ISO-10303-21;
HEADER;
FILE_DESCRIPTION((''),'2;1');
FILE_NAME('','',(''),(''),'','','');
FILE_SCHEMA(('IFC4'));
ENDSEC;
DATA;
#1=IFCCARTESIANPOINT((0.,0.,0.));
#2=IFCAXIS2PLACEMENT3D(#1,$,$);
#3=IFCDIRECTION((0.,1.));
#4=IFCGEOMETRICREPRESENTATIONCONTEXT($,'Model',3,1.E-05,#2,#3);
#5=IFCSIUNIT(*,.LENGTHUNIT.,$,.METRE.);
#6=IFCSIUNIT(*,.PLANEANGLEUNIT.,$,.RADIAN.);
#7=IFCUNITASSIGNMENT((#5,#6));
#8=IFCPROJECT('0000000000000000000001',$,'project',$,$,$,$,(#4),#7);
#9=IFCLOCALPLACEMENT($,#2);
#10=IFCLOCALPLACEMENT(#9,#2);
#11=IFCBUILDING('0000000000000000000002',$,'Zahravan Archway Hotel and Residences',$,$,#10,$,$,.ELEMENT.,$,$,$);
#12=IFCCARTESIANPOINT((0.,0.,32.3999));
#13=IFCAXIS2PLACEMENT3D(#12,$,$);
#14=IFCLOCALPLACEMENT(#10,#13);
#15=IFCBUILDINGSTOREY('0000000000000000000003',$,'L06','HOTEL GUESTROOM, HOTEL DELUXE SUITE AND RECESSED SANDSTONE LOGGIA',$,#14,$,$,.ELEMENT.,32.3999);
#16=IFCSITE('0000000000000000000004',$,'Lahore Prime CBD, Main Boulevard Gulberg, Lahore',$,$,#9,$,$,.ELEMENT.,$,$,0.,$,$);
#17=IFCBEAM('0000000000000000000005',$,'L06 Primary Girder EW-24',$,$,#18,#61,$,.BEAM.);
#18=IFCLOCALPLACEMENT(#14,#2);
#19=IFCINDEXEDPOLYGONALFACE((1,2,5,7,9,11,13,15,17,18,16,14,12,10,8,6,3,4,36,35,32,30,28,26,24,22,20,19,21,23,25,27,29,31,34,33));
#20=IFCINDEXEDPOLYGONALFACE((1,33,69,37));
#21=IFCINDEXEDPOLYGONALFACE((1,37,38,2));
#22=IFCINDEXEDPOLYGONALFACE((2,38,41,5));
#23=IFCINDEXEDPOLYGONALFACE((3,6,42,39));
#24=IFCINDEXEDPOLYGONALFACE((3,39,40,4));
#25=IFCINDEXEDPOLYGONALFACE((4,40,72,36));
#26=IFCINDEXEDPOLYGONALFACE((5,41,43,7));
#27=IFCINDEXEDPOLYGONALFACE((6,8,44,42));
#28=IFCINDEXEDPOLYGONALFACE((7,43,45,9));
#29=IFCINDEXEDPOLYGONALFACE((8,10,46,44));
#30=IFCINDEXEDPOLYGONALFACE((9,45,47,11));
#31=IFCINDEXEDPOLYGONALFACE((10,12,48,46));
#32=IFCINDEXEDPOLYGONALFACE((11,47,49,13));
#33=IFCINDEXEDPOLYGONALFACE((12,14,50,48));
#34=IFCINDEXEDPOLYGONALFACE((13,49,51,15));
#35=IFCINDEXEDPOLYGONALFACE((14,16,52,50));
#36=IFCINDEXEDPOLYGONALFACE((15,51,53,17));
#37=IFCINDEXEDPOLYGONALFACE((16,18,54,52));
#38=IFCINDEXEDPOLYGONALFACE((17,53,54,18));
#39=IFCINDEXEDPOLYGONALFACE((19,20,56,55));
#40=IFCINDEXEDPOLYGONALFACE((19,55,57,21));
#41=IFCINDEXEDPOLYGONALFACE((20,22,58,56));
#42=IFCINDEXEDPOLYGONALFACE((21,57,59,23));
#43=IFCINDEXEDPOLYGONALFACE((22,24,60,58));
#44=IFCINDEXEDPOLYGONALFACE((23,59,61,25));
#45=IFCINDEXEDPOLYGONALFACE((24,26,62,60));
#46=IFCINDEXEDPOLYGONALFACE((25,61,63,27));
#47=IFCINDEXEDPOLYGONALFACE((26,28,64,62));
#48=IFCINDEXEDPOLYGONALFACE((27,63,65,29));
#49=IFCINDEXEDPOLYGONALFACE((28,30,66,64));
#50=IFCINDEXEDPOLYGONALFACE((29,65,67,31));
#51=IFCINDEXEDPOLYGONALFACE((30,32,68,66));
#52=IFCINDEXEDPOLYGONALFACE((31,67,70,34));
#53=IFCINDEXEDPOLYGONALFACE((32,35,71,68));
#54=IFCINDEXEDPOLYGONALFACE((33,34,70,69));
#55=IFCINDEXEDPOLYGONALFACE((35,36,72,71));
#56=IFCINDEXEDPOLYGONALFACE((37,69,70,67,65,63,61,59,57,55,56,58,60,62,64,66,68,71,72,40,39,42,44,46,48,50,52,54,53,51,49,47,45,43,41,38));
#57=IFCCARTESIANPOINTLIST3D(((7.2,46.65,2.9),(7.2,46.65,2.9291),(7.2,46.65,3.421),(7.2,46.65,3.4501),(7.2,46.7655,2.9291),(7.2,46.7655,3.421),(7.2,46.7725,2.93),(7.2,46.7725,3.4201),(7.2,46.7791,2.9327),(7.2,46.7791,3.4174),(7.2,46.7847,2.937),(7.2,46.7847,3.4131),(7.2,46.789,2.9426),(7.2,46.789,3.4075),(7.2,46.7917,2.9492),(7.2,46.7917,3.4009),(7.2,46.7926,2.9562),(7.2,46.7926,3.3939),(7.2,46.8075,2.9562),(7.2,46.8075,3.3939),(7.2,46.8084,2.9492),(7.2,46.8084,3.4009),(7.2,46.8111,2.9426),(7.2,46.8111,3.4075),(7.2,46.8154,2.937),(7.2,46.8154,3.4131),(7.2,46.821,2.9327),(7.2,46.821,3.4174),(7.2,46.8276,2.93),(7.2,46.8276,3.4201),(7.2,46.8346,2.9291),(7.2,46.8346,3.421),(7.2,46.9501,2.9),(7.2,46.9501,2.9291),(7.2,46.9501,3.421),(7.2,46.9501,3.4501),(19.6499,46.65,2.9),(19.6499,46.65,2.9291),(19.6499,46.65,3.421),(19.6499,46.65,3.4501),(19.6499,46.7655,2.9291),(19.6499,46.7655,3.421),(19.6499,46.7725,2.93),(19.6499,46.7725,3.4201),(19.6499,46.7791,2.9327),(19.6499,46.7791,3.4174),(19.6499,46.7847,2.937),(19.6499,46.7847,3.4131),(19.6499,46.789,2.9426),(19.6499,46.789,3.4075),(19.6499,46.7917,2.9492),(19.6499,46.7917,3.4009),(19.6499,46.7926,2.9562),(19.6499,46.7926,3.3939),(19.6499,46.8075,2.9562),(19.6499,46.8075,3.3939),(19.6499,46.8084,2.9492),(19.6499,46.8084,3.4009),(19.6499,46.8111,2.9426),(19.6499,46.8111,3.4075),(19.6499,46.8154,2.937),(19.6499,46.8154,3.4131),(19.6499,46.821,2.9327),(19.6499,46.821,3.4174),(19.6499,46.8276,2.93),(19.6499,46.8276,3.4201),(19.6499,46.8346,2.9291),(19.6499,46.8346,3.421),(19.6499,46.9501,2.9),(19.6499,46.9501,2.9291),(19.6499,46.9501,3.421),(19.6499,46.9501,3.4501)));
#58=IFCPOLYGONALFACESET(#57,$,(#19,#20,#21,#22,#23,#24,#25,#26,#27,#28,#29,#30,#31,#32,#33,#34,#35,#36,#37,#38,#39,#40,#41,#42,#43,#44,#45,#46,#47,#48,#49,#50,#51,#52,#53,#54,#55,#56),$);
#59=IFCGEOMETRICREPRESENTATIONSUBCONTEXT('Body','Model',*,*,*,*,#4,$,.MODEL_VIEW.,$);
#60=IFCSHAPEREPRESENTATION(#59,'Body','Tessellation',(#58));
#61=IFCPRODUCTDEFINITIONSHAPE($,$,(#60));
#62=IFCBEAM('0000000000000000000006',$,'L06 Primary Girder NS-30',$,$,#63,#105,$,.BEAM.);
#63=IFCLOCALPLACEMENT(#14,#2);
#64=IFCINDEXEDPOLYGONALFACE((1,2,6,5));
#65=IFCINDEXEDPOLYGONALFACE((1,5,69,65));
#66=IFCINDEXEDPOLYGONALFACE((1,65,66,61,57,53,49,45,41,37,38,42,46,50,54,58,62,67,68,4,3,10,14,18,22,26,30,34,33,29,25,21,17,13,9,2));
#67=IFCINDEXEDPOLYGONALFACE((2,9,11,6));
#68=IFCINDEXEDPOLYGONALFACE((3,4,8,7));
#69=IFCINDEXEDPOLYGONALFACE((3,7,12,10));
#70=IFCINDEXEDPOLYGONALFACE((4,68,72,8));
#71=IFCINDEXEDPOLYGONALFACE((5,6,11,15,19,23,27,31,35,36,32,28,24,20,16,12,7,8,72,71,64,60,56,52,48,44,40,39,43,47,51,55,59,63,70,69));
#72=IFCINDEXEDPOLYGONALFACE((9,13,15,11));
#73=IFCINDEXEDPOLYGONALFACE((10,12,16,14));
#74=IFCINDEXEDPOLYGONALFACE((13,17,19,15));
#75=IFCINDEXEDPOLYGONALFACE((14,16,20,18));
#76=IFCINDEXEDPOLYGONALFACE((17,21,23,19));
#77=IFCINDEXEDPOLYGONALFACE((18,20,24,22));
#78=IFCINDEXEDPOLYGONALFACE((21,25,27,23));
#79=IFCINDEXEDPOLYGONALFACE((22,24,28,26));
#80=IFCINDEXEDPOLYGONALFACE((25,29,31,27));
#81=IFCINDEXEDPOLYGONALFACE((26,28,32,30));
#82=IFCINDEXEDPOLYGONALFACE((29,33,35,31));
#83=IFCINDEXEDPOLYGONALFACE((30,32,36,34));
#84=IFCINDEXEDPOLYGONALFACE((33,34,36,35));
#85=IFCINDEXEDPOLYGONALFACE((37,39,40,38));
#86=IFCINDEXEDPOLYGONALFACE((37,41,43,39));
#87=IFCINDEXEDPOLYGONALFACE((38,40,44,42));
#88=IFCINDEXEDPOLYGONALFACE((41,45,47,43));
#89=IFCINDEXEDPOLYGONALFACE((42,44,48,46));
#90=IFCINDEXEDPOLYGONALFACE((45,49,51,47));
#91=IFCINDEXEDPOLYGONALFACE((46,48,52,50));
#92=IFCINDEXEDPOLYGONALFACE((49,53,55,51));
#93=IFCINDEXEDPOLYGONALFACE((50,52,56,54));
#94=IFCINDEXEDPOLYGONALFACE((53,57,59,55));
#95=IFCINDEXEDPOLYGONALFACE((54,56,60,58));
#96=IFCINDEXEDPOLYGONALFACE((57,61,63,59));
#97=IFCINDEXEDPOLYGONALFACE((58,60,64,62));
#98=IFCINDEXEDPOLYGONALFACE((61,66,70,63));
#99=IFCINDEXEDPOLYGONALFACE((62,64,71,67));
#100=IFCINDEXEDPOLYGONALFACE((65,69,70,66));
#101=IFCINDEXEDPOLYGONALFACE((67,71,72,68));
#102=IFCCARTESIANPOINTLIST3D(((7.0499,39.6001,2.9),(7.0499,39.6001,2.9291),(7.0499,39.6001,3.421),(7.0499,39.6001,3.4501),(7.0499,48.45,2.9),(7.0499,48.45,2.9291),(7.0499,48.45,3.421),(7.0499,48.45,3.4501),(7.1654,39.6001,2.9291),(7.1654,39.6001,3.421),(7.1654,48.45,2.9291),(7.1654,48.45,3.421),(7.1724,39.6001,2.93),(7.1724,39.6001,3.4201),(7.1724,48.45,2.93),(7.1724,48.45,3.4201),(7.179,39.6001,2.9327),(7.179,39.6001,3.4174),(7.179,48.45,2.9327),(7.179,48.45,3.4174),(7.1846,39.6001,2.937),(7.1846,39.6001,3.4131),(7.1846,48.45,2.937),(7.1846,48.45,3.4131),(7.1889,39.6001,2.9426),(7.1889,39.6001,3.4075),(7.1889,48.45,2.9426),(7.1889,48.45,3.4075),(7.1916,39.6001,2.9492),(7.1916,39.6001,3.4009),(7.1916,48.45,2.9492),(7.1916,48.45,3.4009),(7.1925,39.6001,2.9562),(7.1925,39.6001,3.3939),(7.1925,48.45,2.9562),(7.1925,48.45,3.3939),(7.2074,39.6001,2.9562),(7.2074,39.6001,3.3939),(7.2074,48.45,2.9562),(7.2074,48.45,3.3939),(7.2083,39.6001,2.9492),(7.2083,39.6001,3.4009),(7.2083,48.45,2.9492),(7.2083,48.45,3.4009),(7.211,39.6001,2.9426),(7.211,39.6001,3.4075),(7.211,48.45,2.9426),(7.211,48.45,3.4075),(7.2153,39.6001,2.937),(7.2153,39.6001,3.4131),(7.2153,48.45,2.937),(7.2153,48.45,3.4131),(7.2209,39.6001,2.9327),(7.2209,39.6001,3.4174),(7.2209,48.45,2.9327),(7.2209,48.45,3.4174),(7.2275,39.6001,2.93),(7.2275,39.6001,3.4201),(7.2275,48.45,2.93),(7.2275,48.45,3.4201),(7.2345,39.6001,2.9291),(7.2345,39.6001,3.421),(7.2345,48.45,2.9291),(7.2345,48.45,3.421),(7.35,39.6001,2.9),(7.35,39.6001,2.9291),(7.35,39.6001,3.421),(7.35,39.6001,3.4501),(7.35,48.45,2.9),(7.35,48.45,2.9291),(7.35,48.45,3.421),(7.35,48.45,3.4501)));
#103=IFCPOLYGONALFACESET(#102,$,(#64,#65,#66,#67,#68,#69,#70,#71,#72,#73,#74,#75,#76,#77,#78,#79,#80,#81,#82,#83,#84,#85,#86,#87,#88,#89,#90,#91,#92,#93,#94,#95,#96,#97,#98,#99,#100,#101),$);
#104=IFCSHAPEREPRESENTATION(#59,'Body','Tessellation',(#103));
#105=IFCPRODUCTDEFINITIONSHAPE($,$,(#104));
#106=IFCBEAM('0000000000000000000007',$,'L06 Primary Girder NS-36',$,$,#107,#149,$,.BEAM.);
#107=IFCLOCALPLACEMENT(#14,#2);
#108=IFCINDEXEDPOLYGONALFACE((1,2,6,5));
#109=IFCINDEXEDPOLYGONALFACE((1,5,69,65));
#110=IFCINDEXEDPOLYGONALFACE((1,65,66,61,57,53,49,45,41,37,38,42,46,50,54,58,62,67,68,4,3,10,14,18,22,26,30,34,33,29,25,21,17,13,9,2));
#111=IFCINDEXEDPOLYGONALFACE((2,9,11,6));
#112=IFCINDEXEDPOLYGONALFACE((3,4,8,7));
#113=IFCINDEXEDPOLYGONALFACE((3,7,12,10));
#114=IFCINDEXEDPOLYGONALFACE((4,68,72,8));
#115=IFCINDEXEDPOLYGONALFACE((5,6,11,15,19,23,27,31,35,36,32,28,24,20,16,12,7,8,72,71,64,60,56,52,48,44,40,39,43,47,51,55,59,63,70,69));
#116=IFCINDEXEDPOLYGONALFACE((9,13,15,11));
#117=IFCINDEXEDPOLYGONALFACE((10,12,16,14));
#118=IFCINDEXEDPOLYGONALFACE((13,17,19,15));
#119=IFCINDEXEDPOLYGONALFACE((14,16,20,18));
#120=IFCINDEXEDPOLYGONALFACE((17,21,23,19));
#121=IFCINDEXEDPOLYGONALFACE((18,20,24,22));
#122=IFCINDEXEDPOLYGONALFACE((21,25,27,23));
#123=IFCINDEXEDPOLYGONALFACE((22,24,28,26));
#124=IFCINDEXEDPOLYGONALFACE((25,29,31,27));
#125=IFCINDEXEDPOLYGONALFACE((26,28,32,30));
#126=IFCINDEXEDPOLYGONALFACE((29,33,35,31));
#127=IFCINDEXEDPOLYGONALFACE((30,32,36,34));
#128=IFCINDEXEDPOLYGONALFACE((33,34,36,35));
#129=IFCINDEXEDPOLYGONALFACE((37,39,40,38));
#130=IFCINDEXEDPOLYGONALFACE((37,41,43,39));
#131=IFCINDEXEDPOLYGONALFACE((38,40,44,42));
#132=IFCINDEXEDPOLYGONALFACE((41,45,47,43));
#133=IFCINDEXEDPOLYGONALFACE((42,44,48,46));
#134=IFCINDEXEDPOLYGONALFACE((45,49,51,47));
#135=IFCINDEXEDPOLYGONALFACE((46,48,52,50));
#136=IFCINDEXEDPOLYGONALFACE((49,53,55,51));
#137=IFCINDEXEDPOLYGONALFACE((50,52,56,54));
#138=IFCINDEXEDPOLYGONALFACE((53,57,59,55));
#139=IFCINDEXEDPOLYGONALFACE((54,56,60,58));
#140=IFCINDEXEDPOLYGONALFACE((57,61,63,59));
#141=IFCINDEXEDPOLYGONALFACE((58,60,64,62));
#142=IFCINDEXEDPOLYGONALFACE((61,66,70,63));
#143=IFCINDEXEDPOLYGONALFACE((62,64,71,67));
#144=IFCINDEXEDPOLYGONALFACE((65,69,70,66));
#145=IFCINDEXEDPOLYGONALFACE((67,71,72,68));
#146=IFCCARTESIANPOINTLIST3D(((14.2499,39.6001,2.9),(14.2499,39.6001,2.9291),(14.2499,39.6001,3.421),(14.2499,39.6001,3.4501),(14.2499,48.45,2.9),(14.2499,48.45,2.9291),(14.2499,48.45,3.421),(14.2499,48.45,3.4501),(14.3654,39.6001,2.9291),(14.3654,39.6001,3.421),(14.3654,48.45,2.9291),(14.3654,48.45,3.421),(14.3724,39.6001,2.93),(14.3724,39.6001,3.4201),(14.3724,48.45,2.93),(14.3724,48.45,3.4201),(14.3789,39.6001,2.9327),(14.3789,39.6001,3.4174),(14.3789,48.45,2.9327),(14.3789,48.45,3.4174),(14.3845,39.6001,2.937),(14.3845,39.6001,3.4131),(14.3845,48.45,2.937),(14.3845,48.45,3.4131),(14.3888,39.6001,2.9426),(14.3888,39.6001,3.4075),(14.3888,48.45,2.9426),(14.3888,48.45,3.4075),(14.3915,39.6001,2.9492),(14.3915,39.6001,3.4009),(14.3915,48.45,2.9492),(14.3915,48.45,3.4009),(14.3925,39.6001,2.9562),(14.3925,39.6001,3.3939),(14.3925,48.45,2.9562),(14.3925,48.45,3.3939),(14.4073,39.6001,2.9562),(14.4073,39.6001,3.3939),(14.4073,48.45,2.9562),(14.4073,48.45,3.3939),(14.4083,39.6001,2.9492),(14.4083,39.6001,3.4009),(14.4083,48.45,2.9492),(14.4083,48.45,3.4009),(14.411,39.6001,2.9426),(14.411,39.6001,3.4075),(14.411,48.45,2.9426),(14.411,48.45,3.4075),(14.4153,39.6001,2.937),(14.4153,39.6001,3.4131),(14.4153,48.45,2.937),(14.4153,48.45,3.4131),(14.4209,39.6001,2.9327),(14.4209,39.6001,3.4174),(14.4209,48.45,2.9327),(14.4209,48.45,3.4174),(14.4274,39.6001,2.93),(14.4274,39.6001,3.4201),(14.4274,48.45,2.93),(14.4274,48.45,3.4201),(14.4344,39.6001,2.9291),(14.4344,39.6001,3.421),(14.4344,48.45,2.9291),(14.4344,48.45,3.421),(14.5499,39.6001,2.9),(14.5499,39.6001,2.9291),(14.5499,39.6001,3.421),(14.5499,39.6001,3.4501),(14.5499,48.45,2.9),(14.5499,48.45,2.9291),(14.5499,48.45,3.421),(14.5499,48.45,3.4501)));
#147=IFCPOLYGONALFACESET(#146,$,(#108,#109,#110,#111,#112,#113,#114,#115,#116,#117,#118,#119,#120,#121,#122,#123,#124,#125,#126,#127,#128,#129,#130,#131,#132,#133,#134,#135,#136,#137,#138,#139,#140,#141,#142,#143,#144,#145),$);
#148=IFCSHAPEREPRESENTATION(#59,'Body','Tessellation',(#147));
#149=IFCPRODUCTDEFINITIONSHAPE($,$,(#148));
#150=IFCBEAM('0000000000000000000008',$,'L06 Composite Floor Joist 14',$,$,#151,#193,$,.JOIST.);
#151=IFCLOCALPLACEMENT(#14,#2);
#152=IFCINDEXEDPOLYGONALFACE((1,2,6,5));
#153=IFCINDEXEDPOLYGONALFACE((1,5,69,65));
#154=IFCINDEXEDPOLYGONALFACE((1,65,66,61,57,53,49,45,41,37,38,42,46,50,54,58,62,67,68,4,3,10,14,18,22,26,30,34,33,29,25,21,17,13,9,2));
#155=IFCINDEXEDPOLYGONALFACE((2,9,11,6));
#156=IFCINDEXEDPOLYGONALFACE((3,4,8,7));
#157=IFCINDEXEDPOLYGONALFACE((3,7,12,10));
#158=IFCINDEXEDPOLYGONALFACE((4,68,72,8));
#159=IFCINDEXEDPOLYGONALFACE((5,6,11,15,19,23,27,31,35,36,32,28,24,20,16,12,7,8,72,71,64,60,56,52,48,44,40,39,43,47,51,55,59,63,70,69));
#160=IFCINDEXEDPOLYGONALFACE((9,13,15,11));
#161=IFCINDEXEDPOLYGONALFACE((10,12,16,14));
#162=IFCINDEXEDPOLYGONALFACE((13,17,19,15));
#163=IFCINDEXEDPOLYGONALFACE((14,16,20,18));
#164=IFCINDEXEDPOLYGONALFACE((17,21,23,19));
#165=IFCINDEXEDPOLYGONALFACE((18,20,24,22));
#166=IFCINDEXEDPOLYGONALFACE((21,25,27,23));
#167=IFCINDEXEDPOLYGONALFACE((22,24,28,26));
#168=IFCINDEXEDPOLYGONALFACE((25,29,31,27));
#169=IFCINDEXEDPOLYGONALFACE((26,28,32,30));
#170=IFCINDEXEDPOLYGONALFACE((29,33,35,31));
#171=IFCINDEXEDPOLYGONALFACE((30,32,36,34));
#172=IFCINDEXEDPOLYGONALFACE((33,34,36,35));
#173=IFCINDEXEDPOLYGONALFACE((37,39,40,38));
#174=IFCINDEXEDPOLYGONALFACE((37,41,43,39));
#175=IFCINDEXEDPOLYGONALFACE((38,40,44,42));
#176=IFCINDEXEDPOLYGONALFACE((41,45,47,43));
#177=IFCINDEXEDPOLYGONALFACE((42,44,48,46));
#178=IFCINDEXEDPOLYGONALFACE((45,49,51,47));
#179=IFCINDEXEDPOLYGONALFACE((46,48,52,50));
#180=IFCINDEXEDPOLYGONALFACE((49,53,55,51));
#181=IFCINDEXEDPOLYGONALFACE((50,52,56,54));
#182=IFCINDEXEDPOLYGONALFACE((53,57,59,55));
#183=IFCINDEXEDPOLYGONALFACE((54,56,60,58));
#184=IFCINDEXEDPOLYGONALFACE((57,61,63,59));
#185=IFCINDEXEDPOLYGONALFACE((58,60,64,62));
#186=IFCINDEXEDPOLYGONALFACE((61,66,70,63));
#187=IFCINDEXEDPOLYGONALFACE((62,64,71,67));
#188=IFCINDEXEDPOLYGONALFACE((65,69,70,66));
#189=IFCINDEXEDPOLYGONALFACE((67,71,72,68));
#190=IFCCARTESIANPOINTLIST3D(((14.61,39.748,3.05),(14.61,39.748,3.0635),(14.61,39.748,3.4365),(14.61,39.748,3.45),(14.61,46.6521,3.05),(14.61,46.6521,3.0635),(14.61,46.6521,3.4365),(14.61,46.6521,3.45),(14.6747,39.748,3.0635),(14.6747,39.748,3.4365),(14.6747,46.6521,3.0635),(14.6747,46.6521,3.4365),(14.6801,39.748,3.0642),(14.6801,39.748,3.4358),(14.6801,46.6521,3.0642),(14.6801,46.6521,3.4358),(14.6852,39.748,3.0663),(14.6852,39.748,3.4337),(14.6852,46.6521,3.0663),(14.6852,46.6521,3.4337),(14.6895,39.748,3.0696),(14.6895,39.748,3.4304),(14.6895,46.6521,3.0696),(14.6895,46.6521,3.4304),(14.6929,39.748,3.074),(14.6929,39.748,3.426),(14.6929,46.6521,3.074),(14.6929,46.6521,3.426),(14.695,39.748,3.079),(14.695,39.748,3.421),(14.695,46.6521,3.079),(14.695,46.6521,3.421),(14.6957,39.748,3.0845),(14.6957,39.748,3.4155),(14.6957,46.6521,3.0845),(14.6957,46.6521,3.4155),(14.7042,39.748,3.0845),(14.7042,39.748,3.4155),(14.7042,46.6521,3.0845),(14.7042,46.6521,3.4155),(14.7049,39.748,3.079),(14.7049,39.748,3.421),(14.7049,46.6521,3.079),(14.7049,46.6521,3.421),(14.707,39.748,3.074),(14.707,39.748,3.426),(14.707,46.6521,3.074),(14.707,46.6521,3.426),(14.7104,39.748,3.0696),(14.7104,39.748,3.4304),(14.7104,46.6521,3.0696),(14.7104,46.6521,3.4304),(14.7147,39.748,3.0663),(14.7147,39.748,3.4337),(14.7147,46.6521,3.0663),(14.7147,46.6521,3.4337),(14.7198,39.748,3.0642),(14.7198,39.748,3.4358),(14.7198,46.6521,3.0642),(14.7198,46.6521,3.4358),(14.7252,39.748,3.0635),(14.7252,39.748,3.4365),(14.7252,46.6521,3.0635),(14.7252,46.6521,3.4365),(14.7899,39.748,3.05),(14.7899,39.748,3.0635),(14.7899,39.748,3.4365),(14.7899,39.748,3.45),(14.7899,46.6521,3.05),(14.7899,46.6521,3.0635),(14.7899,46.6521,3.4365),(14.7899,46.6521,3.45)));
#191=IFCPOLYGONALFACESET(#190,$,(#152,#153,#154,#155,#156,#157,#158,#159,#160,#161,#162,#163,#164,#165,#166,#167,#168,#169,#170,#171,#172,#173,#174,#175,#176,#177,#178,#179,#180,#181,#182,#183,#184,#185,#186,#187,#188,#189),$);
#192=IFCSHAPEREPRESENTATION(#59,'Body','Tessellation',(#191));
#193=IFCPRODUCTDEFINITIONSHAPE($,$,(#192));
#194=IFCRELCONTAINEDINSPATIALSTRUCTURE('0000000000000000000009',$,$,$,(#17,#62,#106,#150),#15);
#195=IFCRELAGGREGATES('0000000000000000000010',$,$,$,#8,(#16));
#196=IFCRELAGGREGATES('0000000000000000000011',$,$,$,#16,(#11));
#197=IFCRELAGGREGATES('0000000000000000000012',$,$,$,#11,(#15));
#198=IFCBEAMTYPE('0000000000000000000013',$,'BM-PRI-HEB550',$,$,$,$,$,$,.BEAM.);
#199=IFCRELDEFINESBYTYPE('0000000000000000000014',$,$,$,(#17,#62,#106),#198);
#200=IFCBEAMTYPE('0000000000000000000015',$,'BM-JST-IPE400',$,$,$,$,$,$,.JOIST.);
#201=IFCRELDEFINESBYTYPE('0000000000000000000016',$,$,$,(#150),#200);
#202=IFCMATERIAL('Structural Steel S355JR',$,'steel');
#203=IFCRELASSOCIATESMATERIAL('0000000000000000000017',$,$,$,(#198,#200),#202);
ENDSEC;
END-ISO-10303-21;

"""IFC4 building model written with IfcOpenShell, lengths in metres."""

from ifc_helpers import new_model, si_unit, direction, frame, origin, origin_2d, place, context, subcontext, project, spatial, i_section, extrude, source, transform, mapped, material, material_profile, profile_set, type_object, type_shapes, element, save


model = new_model("IFC4")

# Units and contexts
model_context = context("Model", 3, precision=1e-05, world=origin(), true_north=direction((0.0, 1.0)))
body_context = subcontext(model_context, "Body", "Model", "MODEL_VIEW")
ifc_project = project(units=[si_unit("LENGTHUNIT", "METRE"), si_unit("PLANEANGLEUNIT", "RADIAN")], contexts=[model_context])

# Site, building, storey
site_placement = place(None, origin())
site = spatial("IfcSite", under=ifc_project, at=site_placement, Name="Lahore Prime CBD, Main Boulevard Gulberg, Lahore", CompositionType="ELEMENT", RefElevation=0.0)
building_placement = place(site_placement, origin())
building = spatial("IfcBuilding", under=site, at=building_placement, Name="Zahravan Archway Hotel and Residences", CompositionType="ELEMENT")
storey_placement = place(building_placement, frame((0.0, 0.0, 32.3999)))
storey = spatial("IfcBuildingStorey", under=building, at=storey_placement, Name="L06", Description="HOTEL GUESTROOM, HOTEL DELUXE SUITE AND RECESSED SANDSTONE LOGGIA", CompositionType="ELEMENT", Elevation=32.3999)

# Beams
ifc_material_1 = material(Name="Structural Steel S355JR", Category="steel")
ifc_material_profile_1 = material_profile(ifc_material_1, i_section(OverallWidth=0.3, OverallDepth=0.55, WebThickness=0.0149, FlangeThickness=0.0291, FilletRadius=0.0271, at=origin_2d()), Name="HEB 550", Category="steel")
ifc_profile_set_1 = profile_set([ifc_material_profile_1], Name="Structural Steel S355JR")
beam_type_1 = type_object("IfcBeamType", Name="BM-PRI-HEB550", PredefinedType="BEAM", material=ifc_profile_set_1)
shared_shape_1 = source(origin(), body_context, "Body", "SweptSolid", [
    extrude(i_section(OverallWidth=0.3, OverallDepth=0.55, WebThickness=0.0149, FlangeThickness=0.0291, FilletRadius=0.0271, at=origin_2d()), origin(), (0.0, 0.0, 1.0), 12.45),
])
beam_1_placement = place(storey_placement, frame((7.2, 46.8, 3.175), z_axis=(1.0, 0.0, 0.0), x_axis=(0.0, 1.0, 0.0)))
element("IfcBeam", 1, at=beam_1_placement, inside=storey, type_object=beam_type_1, Name="L06 Primary Girder EW-24", PredefinedType="BEAM", context=body_context, shape_type="MappedRepresentation", body=[
    mapped(shared_shape_1, transform((0.0, 0.0, 0.0), scale=1.0)),
])
shared_shape_2 = source(origin(), body_context, "Body", "SweptSolid", [
    extrude(i_section(OverallWidth=0.3, OverallDepth=0.55, WebThickness=0.0149, FlangeThickness=0.0291, FilletRadius=0.0271, at=origin_2d()), origin(), (0.0, 0.0, 1.0), 8.8499),
])
for number, where, z_axis, x_axis, name in (
    (2, (7.2, 39.6001, 3.175), (0.0, 1.0, 0.0), (-1.0, 0.0, 0.0), "L06 Primary Girder NS-30"),
    (3, (14.3999, 39.6001, 3.175), (0.0, 1.0, 0.0), (-1.0, 0.0, 0.0), "L06 Primary Girder NS-36"),
):
    element("IfcBeam", number, at=place(storey_placement, frame(where, z_axis=z_axis, x_axis=x_axis)), inside=storey, type_object=beam_type_1, Name=name, PredefinedType="BEAM", context=body_context, shape_type="MappedRepresentation", body=[
        mapped(shared_shape_2, transform((0.0, 0.0, 0.0), scale=1.0)),
    ])
ifc_material_profile_2 = material_profile(ifc_material_1, i_section(OverallWidth=0.1799, OverallDepth=0.3999, WebThickness=0.0085, FlangeThickness=0.0134, FilletRadius=0.021, at=origin_2d()), Name="IPE 400", Category="steel")
ifc_profile_set_2 = profile_set([ifc_material_profile_2], Name="Structural Steel S355JR")
beam_type_2 = type_object("IfcBeamType", Name="BM-JST-IPE400", PredefinedType="JOIST", material=ifc_profile_set_2)
shared_shape_3 = source(origin(), body_context, "Body", "SweptSolid", [
    extrude(i_section(OverallWidth=0.1799, OverallDepth=0.3999, WebThickness=0.0085, FlangeThickness=0.0134, FilletRadius=0.021, at=origin_2d()), origin(), (0.0, 0.0, 1.0), 6.9041),
])
type_shapes(beam_type_2, [shared_shape_3])
beam_2_placement = place(storey_placement, frame((14.7, 39.748, 3.25), z_axis=(0.0, 1.0, 0.0), x_axis=(-1.0, 0.0, 0.0)))
element("IfcBeam", 4, at=beam_2_placement, inside=storey, type_object=beam_type_2, Name="L06 Composite Floor Joist 14", PredefinedType="JOIST", context=body_context, shape_type="MappedRepresentation", body=[
    mapped(shared_shape_3, transform((0.0, 0.0, 0.0), scale=1.0)),
])

save(model, "model.ifc")
